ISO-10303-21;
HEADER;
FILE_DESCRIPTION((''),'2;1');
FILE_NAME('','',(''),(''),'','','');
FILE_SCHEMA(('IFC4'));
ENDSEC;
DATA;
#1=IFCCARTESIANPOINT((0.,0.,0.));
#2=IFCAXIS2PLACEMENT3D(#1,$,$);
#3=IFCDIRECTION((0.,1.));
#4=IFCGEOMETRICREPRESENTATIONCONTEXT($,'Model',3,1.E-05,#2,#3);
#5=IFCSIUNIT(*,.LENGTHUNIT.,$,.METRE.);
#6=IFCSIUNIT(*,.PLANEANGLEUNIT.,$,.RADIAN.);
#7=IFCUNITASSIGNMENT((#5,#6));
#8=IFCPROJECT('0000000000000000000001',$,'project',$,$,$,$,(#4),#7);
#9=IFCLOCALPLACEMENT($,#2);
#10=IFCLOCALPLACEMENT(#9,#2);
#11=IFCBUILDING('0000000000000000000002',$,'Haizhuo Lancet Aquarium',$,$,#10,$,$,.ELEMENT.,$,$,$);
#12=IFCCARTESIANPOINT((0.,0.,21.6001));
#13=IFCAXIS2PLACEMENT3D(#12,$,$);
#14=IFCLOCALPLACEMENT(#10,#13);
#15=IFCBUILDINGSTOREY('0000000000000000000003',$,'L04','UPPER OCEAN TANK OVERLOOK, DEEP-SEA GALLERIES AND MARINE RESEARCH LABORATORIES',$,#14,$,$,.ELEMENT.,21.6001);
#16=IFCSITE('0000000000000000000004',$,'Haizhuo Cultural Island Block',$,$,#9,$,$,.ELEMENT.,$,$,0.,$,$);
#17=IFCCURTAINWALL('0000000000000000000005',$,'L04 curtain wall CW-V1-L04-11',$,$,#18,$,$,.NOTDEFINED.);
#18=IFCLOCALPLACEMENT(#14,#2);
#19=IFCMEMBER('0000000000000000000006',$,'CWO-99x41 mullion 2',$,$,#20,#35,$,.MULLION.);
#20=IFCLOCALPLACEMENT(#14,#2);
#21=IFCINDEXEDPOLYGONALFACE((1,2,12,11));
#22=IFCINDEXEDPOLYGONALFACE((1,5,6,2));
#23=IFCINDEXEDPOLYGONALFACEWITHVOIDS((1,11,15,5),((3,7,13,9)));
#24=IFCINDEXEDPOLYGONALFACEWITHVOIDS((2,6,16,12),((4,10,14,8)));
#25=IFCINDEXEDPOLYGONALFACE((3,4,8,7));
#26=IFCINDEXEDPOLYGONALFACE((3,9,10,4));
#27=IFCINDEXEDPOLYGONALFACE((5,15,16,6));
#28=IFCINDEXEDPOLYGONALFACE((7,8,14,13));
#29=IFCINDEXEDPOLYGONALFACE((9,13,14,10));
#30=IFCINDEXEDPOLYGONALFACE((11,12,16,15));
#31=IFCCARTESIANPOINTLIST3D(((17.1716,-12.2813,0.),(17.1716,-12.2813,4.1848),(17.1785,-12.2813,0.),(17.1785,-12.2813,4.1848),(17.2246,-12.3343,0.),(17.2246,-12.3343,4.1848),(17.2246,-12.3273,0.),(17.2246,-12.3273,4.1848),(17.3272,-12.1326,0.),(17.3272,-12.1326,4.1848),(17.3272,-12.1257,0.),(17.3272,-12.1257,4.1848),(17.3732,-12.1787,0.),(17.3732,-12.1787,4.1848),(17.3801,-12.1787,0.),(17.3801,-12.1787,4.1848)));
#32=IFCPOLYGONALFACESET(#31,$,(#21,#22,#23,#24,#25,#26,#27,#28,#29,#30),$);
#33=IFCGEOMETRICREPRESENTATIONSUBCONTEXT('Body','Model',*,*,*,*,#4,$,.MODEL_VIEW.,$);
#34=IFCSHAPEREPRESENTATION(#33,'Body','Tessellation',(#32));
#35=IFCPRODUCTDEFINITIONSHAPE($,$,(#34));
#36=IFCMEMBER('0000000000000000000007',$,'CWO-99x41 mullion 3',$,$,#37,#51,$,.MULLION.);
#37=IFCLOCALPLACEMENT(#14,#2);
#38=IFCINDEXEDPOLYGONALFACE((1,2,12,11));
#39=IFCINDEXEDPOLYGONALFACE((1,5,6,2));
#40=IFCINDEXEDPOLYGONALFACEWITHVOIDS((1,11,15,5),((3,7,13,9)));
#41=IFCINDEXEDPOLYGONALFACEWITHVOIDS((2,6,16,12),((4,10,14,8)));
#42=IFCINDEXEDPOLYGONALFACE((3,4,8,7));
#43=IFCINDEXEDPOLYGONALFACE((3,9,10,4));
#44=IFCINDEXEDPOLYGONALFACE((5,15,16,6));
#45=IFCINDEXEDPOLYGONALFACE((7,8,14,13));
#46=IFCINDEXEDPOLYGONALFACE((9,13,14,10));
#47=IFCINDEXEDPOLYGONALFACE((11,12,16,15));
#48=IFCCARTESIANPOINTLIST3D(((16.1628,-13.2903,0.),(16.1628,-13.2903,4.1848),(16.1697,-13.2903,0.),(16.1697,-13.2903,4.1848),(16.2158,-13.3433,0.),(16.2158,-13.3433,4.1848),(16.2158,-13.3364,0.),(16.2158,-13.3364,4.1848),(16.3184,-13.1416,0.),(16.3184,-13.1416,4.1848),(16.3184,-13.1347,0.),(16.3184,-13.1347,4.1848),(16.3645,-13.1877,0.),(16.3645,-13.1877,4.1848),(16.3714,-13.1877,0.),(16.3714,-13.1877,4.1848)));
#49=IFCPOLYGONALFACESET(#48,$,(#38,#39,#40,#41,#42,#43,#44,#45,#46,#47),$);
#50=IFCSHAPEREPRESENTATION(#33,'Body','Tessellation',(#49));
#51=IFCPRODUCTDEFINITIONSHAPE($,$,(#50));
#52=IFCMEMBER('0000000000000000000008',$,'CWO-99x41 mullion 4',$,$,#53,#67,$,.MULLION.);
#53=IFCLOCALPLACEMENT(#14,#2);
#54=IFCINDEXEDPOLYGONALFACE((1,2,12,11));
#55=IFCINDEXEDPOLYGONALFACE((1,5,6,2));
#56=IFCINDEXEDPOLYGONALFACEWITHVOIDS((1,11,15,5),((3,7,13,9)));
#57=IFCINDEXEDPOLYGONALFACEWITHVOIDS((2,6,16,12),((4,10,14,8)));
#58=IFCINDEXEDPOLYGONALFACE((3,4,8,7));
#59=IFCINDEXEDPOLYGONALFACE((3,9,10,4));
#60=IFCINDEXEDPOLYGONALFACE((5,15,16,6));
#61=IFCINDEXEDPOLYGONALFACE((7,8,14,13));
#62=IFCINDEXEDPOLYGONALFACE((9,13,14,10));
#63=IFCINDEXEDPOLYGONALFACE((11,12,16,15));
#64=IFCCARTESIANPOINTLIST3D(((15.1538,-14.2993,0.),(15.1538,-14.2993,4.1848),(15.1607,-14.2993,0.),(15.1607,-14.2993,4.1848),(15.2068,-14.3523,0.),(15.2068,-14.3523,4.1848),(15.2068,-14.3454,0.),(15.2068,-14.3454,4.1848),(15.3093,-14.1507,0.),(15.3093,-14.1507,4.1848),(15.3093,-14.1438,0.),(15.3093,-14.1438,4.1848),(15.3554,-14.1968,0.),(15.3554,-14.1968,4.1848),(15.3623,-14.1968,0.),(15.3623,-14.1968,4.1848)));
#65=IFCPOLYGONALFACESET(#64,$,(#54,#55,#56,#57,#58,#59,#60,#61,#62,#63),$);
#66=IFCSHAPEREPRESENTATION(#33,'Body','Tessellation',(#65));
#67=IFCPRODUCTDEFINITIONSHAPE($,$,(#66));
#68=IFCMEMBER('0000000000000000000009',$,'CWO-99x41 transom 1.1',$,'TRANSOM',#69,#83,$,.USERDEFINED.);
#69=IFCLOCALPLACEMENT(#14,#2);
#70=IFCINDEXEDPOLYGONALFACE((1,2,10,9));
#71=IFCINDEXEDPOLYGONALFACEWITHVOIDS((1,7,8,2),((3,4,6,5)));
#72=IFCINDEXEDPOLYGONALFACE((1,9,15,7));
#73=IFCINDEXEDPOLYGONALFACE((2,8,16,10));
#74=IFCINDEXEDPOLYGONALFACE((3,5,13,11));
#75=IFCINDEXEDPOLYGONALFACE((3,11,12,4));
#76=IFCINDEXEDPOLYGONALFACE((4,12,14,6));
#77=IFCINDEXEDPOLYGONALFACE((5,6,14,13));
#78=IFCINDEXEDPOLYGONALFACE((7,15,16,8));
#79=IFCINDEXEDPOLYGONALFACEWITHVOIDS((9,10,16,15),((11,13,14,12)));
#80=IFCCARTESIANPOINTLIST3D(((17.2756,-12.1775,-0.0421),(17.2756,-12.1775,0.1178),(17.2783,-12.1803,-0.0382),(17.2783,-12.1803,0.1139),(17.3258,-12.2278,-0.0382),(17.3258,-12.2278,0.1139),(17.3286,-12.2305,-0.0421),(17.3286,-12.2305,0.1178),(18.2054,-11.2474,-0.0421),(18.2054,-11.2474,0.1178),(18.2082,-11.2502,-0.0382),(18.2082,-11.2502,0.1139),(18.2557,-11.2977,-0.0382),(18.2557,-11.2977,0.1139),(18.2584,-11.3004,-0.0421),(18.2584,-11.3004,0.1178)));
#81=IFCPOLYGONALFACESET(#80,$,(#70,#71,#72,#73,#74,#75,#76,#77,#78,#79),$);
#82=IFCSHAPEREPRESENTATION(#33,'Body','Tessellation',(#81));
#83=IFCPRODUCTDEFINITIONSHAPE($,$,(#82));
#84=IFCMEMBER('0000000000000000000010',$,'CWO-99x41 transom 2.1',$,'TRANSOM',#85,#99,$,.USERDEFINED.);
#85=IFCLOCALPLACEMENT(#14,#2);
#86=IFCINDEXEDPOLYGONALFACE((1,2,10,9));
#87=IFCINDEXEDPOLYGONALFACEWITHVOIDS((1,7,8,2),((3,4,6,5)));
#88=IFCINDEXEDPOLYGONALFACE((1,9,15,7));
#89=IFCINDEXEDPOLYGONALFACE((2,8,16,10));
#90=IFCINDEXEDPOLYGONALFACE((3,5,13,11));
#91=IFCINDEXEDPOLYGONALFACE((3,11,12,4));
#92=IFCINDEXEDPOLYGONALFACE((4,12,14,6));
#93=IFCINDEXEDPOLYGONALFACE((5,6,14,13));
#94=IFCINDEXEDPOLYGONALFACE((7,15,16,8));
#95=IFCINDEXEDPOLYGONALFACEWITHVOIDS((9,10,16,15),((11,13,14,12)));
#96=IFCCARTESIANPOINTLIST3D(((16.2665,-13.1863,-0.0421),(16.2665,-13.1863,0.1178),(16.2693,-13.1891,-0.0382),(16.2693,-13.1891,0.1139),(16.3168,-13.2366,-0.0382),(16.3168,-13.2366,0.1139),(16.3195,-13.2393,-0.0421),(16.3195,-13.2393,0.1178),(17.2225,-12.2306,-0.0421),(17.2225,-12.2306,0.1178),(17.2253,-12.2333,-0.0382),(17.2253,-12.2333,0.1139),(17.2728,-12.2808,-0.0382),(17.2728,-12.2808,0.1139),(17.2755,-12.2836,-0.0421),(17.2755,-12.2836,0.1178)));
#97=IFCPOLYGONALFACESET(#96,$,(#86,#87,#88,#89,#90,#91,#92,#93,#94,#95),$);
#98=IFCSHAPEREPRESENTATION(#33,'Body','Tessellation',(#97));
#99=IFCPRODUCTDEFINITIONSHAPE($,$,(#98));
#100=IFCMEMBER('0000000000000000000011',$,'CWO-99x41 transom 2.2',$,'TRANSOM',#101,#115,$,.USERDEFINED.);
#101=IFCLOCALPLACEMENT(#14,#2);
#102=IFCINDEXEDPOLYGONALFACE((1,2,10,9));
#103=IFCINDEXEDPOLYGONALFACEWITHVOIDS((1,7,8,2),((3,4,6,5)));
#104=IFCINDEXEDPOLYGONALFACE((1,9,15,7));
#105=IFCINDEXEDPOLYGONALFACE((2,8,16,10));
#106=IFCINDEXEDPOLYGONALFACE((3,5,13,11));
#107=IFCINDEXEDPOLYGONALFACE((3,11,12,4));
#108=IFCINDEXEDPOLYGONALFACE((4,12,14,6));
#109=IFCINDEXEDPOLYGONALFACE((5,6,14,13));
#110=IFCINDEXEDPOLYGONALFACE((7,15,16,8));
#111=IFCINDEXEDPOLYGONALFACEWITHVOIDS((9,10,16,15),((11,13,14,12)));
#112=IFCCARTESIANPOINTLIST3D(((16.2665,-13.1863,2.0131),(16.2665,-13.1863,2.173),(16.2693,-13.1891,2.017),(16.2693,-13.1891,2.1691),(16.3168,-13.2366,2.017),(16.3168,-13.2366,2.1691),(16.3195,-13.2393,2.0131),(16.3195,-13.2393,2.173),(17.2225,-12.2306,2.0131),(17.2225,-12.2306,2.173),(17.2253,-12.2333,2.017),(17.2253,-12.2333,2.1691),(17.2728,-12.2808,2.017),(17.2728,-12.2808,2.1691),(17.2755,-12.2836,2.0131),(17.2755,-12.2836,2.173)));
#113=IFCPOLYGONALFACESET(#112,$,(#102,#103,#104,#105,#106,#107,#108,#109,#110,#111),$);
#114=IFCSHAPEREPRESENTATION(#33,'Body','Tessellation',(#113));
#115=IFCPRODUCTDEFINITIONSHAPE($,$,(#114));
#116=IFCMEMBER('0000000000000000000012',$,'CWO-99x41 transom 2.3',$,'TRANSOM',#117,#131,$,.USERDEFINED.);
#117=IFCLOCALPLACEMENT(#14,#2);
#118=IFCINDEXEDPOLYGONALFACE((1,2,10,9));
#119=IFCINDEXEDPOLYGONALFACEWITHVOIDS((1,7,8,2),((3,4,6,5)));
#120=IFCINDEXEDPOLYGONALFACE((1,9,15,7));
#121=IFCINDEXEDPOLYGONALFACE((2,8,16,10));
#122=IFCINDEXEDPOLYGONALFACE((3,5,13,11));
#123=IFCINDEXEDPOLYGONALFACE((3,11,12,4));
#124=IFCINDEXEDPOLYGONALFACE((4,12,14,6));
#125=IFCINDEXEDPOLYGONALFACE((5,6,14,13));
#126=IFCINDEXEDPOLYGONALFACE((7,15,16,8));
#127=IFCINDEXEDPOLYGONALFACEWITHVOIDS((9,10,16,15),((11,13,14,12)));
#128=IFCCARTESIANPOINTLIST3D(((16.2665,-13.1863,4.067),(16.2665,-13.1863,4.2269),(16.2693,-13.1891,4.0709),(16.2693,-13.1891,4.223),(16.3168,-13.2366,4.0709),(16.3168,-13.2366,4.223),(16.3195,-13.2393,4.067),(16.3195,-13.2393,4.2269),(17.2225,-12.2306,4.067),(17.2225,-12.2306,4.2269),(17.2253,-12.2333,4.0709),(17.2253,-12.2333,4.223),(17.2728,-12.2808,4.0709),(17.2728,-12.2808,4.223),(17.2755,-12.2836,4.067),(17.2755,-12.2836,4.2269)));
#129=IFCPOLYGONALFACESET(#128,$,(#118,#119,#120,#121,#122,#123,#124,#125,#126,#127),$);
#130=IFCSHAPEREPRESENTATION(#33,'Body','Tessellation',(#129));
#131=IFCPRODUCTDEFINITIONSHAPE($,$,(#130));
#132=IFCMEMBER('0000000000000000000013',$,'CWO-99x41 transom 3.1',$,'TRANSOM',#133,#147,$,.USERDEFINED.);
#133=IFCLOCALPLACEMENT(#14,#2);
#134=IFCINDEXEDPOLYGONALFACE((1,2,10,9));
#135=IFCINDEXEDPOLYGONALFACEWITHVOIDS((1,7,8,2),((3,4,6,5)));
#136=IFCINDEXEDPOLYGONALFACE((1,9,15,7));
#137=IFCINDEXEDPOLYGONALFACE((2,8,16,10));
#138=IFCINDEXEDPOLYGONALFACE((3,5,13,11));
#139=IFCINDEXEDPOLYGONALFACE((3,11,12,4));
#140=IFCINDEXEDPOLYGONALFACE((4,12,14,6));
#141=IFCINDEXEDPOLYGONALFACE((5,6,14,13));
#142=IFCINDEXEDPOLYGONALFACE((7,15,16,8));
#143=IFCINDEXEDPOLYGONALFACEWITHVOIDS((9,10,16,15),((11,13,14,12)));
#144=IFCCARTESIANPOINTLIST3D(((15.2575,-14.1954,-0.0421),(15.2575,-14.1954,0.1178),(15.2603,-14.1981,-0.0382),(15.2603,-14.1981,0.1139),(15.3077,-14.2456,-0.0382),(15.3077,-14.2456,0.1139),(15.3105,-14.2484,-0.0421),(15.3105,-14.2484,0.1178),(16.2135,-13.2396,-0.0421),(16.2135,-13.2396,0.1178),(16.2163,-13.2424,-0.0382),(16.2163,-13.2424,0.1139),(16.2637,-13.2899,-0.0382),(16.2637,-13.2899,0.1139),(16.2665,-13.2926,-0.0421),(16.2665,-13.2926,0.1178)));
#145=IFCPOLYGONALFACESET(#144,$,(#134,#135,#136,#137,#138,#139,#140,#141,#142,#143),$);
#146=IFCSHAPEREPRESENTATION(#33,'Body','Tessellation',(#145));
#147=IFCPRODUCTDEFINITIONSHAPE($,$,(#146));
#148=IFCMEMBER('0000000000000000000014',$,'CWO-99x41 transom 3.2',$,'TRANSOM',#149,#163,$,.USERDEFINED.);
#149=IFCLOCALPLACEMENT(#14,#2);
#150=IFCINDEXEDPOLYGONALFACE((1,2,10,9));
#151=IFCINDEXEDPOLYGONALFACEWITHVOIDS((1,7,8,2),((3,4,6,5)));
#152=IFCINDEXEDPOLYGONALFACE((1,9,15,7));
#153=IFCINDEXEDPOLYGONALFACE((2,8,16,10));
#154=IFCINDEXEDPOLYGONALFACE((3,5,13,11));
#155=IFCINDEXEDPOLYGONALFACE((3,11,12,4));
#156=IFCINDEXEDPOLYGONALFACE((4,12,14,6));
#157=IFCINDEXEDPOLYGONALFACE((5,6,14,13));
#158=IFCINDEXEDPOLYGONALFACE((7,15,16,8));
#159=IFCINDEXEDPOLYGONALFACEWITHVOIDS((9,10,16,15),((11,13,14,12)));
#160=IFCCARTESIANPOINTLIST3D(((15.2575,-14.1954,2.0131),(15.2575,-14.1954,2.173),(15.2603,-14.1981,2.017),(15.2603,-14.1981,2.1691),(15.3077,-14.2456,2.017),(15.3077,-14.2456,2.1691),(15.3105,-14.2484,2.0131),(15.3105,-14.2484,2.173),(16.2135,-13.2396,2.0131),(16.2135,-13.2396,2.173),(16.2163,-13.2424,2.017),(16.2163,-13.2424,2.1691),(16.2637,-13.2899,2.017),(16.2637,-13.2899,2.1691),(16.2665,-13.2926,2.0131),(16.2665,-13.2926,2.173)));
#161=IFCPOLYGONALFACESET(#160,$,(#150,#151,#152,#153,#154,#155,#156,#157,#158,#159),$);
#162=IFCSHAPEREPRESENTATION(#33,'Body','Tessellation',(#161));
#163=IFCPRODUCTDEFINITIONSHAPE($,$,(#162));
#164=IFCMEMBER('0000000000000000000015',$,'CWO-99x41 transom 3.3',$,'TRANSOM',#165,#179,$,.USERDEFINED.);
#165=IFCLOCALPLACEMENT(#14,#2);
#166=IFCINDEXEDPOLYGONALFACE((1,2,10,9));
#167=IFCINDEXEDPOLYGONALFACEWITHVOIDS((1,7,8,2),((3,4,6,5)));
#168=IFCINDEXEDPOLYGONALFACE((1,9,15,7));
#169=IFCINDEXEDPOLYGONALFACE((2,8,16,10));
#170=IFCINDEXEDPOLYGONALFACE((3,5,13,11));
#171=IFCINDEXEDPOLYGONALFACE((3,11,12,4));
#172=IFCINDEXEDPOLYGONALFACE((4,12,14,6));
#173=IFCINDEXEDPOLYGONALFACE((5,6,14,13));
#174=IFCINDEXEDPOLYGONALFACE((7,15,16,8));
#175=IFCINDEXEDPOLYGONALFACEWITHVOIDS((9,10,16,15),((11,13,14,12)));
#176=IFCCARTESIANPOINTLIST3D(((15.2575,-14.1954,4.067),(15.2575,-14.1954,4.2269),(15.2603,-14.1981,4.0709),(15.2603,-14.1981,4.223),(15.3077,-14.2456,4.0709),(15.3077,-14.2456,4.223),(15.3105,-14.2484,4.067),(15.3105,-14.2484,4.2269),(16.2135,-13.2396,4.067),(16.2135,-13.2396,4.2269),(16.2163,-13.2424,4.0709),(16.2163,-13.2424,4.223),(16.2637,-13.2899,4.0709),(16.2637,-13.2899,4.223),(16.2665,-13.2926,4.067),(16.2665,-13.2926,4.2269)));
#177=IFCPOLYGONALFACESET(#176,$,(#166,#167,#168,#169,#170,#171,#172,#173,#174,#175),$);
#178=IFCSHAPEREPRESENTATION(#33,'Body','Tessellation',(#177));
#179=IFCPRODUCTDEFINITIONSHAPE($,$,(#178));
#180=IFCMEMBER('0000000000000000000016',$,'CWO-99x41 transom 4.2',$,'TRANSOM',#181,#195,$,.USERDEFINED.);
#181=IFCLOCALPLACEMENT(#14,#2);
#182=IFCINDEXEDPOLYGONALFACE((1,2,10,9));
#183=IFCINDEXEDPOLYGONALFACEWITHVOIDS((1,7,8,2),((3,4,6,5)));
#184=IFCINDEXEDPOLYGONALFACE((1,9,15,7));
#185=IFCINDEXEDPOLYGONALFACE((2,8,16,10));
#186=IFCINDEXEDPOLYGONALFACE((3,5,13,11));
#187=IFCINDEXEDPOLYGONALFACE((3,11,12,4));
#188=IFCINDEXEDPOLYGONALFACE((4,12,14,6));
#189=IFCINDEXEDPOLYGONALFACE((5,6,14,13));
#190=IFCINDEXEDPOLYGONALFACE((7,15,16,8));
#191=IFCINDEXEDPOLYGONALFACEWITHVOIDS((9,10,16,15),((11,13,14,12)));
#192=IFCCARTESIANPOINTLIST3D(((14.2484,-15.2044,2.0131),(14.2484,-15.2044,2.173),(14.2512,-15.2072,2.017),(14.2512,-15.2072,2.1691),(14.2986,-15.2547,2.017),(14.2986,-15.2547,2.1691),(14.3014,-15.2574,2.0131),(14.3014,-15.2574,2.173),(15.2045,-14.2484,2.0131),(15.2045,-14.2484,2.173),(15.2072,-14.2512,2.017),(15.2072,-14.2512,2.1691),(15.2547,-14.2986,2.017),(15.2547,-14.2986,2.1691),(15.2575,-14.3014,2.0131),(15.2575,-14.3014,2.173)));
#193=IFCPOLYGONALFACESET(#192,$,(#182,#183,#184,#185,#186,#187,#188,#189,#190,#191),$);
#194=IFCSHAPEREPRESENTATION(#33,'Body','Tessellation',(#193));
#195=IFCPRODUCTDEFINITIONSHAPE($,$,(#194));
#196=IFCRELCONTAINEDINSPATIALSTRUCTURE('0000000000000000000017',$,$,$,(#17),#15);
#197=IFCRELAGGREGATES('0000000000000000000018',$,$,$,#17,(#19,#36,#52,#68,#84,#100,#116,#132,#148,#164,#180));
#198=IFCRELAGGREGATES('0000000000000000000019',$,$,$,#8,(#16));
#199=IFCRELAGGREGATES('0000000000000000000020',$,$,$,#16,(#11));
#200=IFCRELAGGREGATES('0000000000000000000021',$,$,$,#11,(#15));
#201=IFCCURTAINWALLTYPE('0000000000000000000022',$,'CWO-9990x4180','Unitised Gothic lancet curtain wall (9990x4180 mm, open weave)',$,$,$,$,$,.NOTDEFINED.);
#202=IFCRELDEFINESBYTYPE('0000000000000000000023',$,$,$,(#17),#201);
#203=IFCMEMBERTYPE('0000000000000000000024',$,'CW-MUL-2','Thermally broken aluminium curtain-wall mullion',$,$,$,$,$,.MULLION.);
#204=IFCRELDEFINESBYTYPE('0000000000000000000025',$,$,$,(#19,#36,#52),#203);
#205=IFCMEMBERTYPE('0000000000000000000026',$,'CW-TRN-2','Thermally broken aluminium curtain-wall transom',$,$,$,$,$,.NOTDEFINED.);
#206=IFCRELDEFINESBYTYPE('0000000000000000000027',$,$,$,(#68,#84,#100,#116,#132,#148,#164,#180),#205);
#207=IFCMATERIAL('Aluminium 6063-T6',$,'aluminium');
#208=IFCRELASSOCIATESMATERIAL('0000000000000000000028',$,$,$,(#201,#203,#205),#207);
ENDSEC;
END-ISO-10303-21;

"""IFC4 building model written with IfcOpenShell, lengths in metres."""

from ifc_helpers import new_model, si_unit, direction, frame, origin, origin_2d, place, context, subcontext, project, spatial, hollow_rectangle, extrude, material, material_profile, profile_set, type_object, element, aggregate, save


model = new_model("IFC4")

# Units and contexts
model_context = context("Model", 3, precision=1e-05, world=origin(), true_north=direction((0.0, 1.0)))
body_context = subcontext(model_context, "Body", "Model", "MODEL_VIEW")
ifc_project = project(units=[si_unit("LENGTHUNIT", "METRE"), si_unit("PLANEANGLEUNIT", "RADIAN")], contexts=[model_context])

# Site, building, storey
site_placement = place(None, origin())
site = spatial("IfcSite", under=ifc_project, at=site_placement, Name="Haizhuo Cultural Island Block", CompositionType="ELEMENT", RefElevation=0.0)
building_placement = place(site_placement, origin())
building = spatial("IfcBuilding", under=site, at=building_placement, Name="Haizhuo Lancet Aquarium", CompositionType="ELEMENT")
storey_placement = place(building_placement, frame((0.0, 0.0, 21.6001)))
storey = spatial("IfcBuildingStorey", under=building, at=storey_placement, Name="L04", Description="UPPER OCEAN TANK OVERLOOK, DEEP-SEA GALLERIES AND MARINE RESEARCH LABORATORIES", CompositionType="ELEMENT", Elevation=21.6001)

# Curtain wall, members
ifc_material_1 = material(Name="Aluminium 6063-T6", Category="aluminium")
curtain_wall_type = type_object("IfcCurtainWallType", Name="CWO-9990x4180", Description="Unitised Gothic lancet curtain wall (9990x4180 mm, open weave)", PredefinedType="NOTDEFINED", material=ifc_material_1)
curtain_wall_placement = place(storey_placement, origin())
curtain_wall = element("IfcCurtainWall", 1, at=curtain_wall_placement, inside=storey, type_object=curtain_wall_type, Name="L04 curtain wall CW-V1-L04-11", PredefinedType="NOTDEFINED")
ifc_material_profile_1 = material_profile(ifc_material_1, hollow_rectangle(XDim=0.075, YDim=0.22, WallThickness=0.0049, at=origin_2d()), Name="ALU-M 75x220x5")
ifc_profile_set_1 = profile_set([ifc_material_profile_1], Name="Aluminium 6063-T6")
member_type_1 = type_object("IfcMemberType", Name="CW-MUL-2", Description="Thermally broken aluminium curtain-wall mullion", PredefinedType="MULLION", material=ifc_profile_set_1)
member_1_placement = place(storey_placement, frame((17.2759, -12.23, 0.0), z_axis=(0.0, 0.0, 1.0), x_axis=(0.707107, -0.707107, 0.0)))
member_1 = element("IfcMember", 2, at=member_1_placement, type_object=member_type_1, Name="CWO-99x41 mullion 2", PredefinedType="MULLION", context=body_context, shape_type="SweptSolid", body=[
    extrude(hollow_rectangle(XDim=0.075, YDim=0.22, WallThickness=0.0049, at=origin_2d()), origin(), (0.0, 0.0, 1.0), 4.1848),
])
member_2_placement = place(storey_placement, frame((16.2671, -13.239, 0.0), z_axis=(0.0, 0.0, 1.0), x_axis=(0.707107, -0.707107, 0.0)))
member_2 = element("IfcMember", 3, at=member_2_placement, type_object=member_type_1, Name="CWO-99x41 mullion 3", PredefinedType="MULLION", context=body_context, shape_type="SweptSolid", body=[
    extrude(hollow_rectangle(XDim=0.075, YDim=0.22, WallThickness=0.0049, at=origin_2d()), origin(), (0.0, 0.0, 1.0), 4.1848),
])
member_3_placement = place(storey_placement, frame((15.2581, -14.248, 0.0), z_axis=(0.0, 0.0, 1.0), x_axis=(0.707107, -0.707107, 0.0)))
member_3 = element("IfcMember", 4, at=member_3_placement, type_object=member_type_1, Name="CWO-99x41 mullion 4", PredefinedType="MULLION", context=body_context, shape_type="SweptSolid", body=[
    extrude(hollow_rectangle(XDim=0.075, YDim=0.22, WallThickness=0.0049, at=origin_2d()), origin(), (0.0, 0.0, 1.0), 4.1848),
])
ifc_material_profile_2 = material_profile(ifc_material_1, hollow_rectangle(XDim=0.075, YDim=0.1599, WallThickness=0.0039, at=origin_2d()), Name="ALU-T 75x160x4")
ifc_profile_set_2 = profile_set([ifc_material_profile_2], Name="Aluminium 6063-T6")
member_type_2 = type_object("IfcMemberType", Name="CW-TRN-2", Description="Thermally broken aluminium curtain-wall transom", PredefinedType="NOTDEFINED", material=ifc_profile_set_2)
member_4_placement = place(storey_placement, frame((18.2319, -11.2739, 0.0378), z_axis=(-0.707014, -0.7072, 0.0), x_axis=(0.7072, -0.707014, 0.0)))
member_4 = element("IfcMember", 5, at=member_4_placement, type_object=member_type_2, Name="CWO-99x41 transom 1.1", ObjectType="TRANSOM", PredefinedType="USERDEFINED", context=body_context, shape_type="SweptSolid", body=[
    extrude(hollow_rectangle(XDim=0.075, YDim=0.1599, WallThickness=0.0039, at=origin_2d()), origin(), (0.0, 0.0, 1.0), 1.3152),
])
member_5_placement = place(storey_placement, frame((17.249, -12.2571, 0.0378), z_axis=(-0.707197, -0.707016, 0.0), x_axis=(0.707016, -0.707197, 0.0)))
member_5 = element("IfcMember", 6, at=member_5_placement, type_object=member_type_2, Name="CWO-99x41 transom 2.1", ObjectType="TRANSOM", PredefinedType="USERDEFINED", context=body_context, shape_type="SweptSolid", body=[
    extrude(hollow_rectangle(XDim=0.075, YDim=0.1599, WallThickness=0.0039, at=origin_2d()), origin(), (0.0, 0.0, 1.0), 1.3518),
])
member_6_placement = place(storey_placement, frame((17.249, -12.2571, 2.093), z_axis=(-0.707197, -0.707016, 0.0), x_axis=(0.707016, -0.707197, 0.0)))
member_6 = element("IfcMember", 7, at=member_6_placement, type_object=member_type_2, Name="CWO-99x41 transom 2.2", ObjectType="TRANSOM", PredefinedType="USERDEFINED", context=body_context, shape_type="SweptSolid", body=[
    extrude(hollow_rectangle(XDim=0.075, YDim=0.1599, WallThickness=0.0039, at=origin_2d()), origin(), (0.0, 0.0, 1.0), 1.3518),
])
member_7_placement = place(storey_placement, frame((17.249, -12.2571, 4.147), z_axis=(-0.707197, -0.707016, 0.0), x_axis=(0.707016, -0.707197, 0.0)))
member_7 = element("IfcMember", 8, at=member_7_placement, type_object=member_type_2, Name="CWO-99x41 transom 2.3", ObjectType="TRANSOM", PredefinedType="USERDEFINED", context=body_context, shape_type="SweptSolid", body=[
    extrude(hollow_rectangle(XDim=0.075, YDim=0.1599, WallThickness=0.0039, at=origin_2d()), origin(), (0.0, 0.0, 1.0), 1.3518),
])
member_8_placement = place(storey_placement, frame((16.24, -13.2661, 0.0378), z_axis=(-0.707197, -0.707016, 0.0), x_axis=(0.707016, -0.707197, 0.0)))
member_8 = element("IfcMember", 9, at=member_8_placement, type_object=member_type_2, Name="CWO-99x41 transom 3.1", ObjectType="TRANSOM", PredefinedType="USERDEFINED", context=body_context, shape_type="SweptSolid", body=[
    extrude(hollow_rectangle(XDim=0.075, YDim=0.1599, WallThickness=0.0039, at=origin_2d()), origin(), (0.0, 0.0, 1.0), 1.3518),
])
member_9_placement = place(storey_placement, frame((16.24, -13.2661, 2.093), z_axis=(-0.707197, -0.707016, 0.0), x_axis=(0.707016, -0.707197, 0.0)))
member_9 = element("IfcMember", 10, at=member_9_placement, type_object=member_type_2, Name="CWO-99x41 transom 3.2", ObjectType="TRANSOM", PredefinedType="USERDEFINED", context=body_context, shape_type="SweptSolid", body=[
    extrude(hollow_rectangle(XDim=0.075, YDim=0.1599, WallThickness=0.0039, at=origin_2d()), origin(), (0.0, 0.0, 1.0), 1.3518),
])
member_10_placement = place(storey_placement, frame((16.24, -13.2661, 4.147), z_axis=(-0.707197, -0.707016, 0.0), x_axis=(0.707016, -0.707197, 0.0)))
member_10 = element("IfcMember", 11, at=member_10_placement, type_object=member_type_2, Name="CWO-99x41 transom 3.3", ObjectType="TRANSOM", PredefinedType="USERDEFINED", context=body_context, shape_type="SweptSolid", body=[
    extrude(hollow_rectangle(XDim=0.075, YDim=0.1599, WallThickness=0.0039, at=origin_2d()), origin(), (0.0, 0.0, 1.0), 1.3518),
])
member_11_placement = place(storey_placement, frame((15.231, -14.2749, 2.093), z_axis=(-0.707107, -0.707107, 0.0), x_axis=(0.707107, -0.707107, 0.0)))
member_11 = element("IfcMember", 12, at=member_11_placement, type_object=member_type_2, Name="CWO-99x41 transom 4.2", ObjectType="TRANSOM", PredefinedType="USERDEFINED", context=body_context, shape_type="SweptSolid", body=[
    extrude(hollow_rectangle(XDim=0.075, YDim=0.1599, WallThickness=0.0039, at=origin_2d()), origin(), (0.0, 0.0, 1.0), 1.3521),
])

aggregate(curtain_wall, [member_1, member_2, member_3, member_4, member_5, member_6, member_7, member_8, member_9, member_10, member_11])

save(model, "model.ifc")
